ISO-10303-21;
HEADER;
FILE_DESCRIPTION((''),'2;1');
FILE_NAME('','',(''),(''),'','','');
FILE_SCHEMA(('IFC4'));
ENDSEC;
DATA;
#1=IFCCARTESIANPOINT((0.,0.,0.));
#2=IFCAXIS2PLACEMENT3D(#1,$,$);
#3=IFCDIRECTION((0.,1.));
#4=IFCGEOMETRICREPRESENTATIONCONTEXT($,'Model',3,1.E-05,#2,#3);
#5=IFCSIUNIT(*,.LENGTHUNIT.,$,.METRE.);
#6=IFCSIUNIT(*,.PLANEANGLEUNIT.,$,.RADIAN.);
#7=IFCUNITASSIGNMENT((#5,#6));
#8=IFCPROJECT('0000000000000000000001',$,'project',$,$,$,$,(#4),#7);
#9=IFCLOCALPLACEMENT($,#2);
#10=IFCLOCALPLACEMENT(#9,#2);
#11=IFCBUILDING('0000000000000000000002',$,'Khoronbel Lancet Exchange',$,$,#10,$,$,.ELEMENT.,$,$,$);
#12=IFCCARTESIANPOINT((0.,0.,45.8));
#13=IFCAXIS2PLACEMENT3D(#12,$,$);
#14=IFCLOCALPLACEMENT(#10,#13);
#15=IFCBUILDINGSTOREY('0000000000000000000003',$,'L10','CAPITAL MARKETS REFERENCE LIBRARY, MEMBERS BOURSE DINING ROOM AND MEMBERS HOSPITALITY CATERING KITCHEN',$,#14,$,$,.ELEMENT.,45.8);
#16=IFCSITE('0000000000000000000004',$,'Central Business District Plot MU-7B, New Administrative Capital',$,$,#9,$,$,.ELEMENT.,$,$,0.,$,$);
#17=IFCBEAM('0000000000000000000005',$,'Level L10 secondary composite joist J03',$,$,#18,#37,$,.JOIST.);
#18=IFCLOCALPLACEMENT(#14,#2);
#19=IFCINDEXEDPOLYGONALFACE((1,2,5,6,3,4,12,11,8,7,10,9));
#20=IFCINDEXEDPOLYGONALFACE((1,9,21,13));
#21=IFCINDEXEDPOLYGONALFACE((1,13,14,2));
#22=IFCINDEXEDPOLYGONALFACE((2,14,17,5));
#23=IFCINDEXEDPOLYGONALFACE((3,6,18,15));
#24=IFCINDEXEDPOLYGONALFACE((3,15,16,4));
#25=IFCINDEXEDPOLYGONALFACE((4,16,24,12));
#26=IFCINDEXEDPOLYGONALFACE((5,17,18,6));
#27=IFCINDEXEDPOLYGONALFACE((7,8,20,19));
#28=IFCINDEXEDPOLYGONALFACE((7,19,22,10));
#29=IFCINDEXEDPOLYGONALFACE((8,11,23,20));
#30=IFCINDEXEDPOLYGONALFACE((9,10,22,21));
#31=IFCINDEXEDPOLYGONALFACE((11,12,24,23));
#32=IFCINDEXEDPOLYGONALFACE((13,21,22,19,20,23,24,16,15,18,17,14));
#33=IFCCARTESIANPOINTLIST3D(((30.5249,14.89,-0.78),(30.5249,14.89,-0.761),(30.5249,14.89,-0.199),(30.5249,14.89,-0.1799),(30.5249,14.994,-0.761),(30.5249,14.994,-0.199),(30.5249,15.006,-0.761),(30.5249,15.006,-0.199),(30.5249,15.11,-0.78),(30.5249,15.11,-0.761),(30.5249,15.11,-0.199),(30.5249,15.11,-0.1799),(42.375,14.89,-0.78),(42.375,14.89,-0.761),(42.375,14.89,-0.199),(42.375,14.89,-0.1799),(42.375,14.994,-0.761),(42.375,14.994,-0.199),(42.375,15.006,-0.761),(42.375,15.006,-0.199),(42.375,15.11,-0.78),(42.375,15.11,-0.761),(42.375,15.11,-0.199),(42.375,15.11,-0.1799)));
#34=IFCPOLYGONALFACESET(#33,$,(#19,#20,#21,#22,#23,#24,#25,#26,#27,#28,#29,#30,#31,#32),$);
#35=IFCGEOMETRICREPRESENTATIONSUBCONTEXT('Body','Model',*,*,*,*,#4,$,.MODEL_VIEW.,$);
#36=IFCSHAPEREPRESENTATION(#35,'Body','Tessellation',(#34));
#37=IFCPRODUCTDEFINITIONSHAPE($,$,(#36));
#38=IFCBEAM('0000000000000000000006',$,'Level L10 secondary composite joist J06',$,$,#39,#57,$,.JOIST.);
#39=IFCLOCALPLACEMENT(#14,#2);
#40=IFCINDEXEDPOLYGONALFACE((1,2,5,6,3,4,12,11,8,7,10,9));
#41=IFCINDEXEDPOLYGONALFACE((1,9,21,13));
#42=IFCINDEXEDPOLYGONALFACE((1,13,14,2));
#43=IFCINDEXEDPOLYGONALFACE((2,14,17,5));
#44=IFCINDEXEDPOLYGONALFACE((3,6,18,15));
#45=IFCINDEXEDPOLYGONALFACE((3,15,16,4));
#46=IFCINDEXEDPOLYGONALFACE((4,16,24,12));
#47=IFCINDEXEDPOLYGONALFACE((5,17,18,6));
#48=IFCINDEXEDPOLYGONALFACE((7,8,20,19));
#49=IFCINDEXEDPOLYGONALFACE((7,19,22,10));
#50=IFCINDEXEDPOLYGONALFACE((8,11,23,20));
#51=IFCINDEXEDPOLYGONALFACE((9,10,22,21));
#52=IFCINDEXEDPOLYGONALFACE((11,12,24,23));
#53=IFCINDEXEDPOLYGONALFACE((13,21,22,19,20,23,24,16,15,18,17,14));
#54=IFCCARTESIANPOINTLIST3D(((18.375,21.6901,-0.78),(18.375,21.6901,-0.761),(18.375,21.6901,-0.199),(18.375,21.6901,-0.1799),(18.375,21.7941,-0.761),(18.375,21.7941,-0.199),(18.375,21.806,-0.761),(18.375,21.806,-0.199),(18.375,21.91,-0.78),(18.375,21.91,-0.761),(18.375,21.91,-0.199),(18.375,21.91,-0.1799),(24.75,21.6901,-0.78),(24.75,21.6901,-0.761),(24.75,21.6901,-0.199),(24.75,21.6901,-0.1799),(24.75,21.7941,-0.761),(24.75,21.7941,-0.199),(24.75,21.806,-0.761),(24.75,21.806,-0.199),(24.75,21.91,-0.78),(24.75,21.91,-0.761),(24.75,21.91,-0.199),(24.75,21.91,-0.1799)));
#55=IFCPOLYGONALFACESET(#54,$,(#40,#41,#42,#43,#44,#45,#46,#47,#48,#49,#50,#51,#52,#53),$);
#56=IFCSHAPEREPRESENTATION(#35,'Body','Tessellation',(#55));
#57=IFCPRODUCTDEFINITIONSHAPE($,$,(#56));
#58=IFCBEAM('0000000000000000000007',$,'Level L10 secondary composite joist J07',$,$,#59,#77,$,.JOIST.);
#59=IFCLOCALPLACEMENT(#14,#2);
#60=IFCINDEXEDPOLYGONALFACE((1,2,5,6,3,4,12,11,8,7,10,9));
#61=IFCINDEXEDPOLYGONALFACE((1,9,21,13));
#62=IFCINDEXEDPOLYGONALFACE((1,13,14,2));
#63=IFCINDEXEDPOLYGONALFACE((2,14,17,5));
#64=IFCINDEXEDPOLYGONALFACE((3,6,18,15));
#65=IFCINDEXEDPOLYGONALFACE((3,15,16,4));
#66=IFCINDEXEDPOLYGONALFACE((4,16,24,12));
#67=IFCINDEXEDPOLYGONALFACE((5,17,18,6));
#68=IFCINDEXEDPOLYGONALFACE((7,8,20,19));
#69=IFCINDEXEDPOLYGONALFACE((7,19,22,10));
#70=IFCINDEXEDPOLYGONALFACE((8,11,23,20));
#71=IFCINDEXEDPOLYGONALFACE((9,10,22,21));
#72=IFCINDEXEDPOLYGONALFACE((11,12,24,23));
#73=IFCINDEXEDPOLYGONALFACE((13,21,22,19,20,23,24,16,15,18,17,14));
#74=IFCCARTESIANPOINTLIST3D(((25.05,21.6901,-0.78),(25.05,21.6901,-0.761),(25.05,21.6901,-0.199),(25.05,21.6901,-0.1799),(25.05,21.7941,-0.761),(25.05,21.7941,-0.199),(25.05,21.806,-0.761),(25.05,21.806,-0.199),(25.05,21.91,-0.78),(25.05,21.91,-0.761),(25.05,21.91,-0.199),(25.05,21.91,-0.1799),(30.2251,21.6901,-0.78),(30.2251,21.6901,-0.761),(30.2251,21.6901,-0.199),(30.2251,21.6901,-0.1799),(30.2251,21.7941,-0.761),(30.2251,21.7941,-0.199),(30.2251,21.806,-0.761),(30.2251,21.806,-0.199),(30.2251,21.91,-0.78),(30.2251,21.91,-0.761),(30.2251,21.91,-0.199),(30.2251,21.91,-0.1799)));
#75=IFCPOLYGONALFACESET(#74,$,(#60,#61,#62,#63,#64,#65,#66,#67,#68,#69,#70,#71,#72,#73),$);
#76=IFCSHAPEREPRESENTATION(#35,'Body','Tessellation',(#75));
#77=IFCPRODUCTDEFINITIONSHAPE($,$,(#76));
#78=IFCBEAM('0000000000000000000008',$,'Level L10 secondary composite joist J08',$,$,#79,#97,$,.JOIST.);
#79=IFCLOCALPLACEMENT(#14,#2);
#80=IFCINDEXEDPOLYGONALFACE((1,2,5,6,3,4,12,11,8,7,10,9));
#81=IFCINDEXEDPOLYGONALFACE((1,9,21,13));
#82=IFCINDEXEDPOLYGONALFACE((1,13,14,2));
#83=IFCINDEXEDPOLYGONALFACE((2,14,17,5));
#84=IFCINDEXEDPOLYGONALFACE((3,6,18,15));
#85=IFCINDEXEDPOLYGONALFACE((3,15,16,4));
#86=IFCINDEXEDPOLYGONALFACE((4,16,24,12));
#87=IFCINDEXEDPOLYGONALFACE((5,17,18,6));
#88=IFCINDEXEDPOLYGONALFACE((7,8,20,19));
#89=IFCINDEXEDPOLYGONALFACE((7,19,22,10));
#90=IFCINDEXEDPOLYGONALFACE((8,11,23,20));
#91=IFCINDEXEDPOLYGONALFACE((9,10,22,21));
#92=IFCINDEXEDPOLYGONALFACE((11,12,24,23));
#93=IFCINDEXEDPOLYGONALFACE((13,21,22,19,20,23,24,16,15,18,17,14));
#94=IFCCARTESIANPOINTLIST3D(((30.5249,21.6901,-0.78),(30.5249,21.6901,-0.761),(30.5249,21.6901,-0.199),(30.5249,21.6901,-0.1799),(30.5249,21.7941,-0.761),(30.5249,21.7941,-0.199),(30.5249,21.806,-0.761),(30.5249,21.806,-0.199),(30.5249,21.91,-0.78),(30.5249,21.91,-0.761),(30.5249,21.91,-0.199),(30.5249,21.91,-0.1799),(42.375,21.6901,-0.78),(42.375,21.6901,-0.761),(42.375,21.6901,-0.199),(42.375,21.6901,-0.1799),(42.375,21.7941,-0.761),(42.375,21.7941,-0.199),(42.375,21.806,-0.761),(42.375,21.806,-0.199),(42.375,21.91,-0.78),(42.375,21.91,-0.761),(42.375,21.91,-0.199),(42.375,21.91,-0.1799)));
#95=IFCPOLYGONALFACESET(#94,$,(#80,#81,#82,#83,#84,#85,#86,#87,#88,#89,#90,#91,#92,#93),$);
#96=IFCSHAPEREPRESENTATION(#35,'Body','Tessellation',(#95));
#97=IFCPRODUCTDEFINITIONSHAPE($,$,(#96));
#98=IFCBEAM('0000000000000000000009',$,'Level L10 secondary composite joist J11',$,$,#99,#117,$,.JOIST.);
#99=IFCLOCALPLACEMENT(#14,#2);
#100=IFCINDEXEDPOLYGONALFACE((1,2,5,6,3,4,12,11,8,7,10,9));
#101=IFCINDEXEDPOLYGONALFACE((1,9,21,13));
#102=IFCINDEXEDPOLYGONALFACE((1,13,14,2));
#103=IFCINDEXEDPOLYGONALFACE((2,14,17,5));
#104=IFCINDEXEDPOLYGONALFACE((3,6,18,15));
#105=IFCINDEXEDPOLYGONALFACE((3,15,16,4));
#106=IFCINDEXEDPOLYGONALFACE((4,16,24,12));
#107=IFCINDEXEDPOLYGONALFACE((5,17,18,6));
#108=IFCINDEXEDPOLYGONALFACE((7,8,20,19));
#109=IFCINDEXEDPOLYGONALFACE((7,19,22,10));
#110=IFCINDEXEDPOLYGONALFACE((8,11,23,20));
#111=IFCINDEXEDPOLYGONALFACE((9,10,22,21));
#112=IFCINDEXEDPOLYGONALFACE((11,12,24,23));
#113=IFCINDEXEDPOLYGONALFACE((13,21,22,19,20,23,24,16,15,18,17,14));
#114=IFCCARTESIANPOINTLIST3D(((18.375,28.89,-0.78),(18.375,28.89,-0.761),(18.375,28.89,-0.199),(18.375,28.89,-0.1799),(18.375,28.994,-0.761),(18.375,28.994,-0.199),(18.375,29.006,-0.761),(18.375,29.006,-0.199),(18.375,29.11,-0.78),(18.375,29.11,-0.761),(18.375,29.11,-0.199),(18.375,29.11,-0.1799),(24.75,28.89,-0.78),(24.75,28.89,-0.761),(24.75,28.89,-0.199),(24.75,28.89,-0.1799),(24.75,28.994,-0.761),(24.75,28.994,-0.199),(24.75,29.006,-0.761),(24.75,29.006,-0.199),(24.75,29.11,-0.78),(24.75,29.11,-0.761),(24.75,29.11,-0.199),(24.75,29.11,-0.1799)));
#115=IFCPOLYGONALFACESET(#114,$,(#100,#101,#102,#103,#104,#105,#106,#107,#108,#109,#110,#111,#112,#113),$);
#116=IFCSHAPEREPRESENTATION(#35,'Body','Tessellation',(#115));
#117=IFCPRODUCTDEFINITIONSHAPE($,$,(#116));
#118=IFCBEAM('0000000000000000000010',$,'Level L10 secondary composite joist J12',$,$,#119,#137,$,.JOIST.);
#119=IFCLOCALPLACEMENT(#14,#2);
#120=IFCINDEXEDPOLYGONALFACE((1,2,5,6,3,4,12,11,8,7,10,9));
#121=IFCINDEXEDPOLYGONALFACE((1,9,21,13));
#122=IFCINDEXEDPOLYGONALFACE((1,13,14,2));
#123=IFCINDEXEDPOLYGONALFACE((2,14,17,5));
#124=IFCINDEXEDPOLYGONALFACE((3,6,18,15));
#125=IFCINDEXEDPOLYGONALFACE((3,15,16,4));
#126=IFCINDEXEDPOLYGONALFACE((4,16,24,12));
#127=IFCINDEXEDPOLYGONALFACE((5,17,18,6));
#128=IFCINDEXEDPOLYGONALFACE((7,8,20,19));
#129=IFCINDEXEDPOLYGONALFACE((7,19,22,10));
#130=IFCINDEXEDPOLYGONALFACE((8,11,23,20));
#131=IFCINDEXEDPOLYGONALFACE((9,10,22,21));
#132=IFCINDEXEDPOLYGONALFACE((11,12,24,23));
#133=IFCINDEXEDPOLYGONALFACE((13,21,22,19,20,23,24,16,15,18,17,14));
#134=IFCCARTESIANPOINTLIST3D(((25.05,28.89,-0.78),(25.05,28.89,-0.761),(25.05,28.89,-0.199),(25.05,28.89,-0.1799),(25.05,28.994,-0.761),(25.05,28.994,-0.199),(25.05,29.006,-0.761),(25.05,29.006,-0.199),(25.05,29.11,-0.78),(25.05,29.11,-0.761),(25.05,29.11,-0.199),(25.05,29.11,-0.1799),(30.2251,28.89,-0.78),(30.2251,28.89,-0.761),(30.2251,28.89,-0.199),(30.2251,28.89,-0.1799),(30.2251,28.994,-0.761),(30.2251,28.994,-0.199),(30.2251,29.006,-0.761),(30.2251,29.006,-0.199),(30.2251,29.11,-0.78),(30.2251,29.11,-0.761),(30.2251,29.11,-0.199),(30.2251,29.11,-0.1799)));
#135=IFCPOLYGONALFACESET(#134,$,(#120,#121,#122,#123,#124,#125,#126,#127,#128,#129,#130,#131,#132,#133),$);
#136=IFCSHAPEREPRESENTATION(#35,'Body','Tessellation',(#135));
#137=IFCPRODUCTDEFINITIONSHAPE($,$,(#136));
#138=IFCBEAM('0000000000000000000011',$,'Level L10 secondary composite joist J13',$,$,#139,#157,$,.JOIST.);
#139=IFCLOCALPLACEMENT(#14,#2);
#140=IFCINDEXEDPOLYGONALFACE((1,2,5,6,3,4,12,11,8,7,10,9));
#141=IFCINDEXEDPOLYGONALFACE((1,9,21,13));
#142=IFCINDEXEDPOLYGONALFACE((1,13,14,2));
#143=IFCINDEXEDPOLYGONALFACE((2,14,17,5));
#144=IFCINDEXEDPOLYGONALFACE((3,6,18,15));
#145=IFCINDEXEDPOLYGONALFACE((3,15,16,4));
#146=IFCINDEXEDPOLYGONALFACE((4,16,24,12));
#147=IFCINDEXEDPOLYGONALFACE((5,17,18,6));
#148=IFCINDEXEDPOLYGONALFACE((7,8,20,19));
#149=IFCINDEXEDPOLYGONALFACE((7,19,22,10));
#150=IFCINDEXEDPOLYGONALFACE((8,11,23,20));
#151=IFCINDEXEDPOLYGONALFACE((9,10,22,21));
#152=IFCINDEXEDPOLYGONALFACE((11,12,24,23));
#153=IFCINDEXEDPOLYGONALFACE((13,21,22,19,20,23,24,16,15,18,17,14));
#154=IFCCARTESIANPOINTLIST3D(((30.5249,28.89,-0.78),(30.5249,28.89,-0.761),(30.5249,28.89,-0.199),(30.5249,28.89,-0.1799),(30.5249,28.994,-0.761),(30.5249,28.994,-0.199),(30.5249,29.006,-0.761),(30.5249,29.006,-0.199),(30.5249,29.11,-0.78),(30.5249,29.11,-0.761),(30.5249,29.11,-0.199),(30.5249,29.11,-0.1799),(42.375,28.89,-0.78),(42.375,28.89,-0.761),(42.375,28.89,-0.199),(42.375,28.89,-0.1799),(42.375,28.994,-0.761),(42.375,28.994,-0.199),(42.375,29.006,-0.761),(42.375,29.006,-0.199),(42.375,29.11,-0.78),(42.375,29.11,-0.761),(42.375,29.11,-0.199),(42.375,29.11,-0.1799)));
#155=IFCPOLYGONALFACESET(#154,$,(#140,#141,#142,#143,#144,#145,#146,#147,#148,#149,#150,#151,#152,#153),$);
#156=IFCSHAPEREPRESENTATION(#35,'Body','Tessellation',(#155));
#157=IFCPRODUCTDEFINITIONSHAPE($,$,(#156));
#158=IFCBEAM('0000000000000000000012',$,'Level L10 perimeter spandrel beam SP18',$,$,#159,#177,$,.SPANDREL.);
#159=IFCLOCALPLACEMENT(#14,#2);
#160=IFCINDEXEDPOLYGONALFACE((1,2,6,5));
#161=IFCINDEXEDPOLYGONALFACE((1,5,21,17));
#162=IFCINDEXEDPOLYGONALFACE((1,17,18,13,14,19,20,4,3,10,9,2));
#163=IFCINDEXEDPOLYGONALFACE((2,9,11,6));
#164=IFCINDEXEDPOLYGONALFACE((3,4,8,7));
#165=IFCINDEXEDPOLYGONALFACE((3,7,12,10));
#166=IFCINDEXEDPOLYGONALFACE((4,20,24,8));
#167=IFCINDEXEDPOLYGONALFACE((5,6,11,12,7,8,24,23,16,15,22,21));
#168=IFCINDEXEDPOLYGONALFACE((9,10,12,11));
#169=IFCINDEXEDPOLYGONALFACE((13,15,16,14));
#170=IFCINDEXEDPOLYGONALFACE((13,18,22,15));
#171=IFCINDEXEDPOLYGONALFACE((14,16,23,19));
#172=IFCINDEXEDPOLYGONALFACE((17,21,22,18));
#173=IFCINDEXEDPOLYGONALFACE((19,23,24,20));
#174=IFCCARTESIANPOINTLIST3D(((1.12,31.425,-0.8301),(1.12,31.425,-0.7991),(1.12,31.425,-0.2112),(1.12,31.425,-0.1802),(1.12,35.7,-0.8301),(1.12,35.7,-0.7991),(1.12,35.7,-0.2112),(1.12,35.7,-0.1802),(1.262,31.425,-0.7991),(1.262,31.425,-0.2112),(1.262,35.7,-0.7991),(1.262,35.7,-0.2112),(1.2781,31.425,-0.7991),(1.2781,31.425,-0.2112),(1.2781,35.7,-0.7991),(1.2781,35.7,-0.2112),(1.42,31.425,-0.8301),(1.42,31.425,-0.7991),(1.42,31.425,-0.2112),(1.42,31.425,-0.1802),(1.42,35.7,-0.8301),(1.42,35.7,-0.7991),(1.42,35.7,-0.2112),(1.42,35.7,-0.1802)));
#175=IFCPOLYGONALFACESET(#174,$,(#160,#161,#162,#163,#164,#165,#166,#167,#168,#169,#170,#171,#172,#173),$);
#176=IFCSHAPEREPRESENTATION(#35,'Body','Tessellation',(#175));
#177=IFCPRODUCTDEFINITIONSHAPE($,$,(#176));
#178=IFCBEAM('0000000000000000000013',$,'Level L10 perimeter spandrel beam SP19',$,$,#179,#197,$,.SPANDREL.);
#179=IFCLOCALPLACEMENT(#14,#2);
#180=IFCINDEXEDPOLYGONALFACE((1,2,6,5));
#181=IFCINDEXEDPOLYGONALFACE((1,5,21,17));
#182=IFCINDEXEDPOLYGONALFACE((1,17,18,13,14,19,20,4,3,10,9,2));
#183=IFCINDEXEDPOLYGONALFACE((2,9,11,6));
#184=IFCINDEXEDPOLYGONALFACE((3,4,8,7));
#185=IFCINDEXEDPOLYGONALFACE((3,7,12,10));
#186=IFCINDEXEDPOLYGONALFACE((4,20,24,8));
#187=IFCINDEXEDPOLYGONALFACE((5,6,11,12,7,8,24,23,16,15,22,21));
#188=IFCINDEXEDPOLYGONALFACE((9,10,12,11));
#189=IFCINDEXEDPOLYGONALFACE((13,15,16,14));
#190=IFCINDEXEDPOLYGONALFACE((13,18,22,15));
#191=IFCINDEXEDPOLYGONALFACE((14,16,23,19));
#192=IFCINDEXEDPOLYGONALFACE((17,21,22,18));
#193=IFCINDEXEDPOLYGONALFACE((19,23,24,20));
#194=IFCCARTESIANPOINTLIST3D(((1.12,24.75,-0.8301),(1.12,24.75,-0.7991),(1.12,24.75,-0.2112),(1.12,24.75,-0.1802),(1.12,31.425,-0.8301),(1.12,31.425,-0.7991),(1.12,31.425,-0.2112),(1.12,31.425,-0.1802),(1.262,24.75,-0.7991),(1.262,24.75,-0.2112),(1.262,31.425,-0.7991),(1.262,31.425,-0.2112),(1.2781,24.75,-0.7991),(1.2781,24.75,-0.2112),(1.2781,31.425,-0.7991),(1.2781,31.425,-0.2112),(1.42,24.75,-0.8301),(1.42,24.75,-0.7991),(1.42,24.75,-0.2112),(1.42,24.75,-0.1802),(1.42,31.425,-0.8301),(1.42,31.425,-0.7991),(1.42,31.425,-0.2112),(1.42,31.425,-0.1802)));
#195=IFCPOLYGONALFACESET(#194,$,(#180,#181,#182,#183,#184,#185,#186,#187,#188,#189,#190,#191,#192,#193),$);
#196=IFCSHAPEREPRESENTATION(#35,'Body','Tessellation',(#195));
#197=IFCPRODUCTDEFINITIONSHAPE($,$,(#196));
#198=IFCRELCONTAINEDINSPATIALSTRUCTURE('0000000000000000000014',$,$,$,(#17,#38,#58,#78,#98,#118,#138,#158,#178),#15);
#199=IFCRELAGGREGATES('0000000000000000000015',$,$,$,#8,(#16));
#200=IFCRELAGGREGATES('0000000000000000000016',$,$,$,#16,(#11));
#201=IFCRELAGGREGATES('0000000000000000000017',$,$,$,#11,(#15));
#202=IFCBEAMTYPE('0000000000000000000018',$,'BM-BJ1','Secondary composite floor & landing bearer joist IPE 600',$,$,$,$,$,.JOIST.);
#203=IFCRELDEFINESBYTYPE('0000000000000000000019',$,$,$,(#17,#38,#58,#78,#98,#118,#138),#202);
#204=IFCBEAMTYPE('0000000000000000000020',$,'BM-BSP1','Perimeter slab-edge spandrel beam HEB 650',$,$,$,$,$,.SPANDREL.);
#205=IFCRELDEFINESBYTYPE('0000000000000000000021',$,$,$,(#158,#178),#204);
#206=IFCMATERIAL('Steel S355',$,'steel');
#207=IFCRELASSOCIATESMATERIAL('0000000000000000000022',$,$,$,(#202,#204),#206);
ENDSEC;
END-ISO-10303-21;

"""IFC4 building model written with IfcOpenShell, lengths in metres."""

from ifc_helpers import new_model, si_unit, direction, frame, origin, origin_2d, place, context, subcontext, project, spatial, i_section, extrude, material, material_profile, profile_set, type_object, element, save


model = new_model("IFC4")

# Units and contexts
model_context = context("Model", 3, precision=1e-05, world=origin(), true_north=direction((0.0, 1.0)))
body_context = subcontext(model_context, "Body", "Model", "MODEL_VIEW")
ifc_project = project(units=[si_unit("LENGTHUNIT", "METRE"), si_unit("PLANEANGLEUNIT", "RADIAN")], contexts=[model_context])

# Site, building, storey
site_placement = place(None, origin())
site = spatial("IfcSite", under=ifc_project, at=site_placement, Name="Central Business District Plot MU-7B, New Administrative Capital", CompositionType="ELEMENT", RefElevation=0.0)
building_placement = place(site_placement, origin())
building = spatial("IfcBuilding", under=site, at=building_placement, Name="Khoronbel Lancet Exchange", CompositionType="ELEMENT")
storey_placement = place(building_placement, frame((0.0, 0.0, 45.8)))
storey = spatial("IfcBuildingStorey", under=building, at=storey_placement, Name="L10", Description="CAPITAL MARKETS REFERENCE LIBRARY, MEMBERS BOURSE DINING ROOM AND MEMBERS HOSPITALITY CATERING KITCHEN", CompositionType="ELEMENT", Elevation=45.8)

# Shared definitions
ifc_material_1 = material(Name="Steel S355", Category="steel")

# Beams
ifc_material_profile_1 = material_profile(ifc_material_1, i_section(OverallWidth=0.22, OverallDepth=0.6001, WebThickness=0.012, FlangeThickness=0.019, at=origin_2d()), Name="IPE 600")
ifc_profile_set_1 = profile_set([ifc_material_profile_1], Name="Steel S355")
beam_type_1 = type_object("IfcBeamType", Name="BM-BJ1", Description="Secondary composite floor & landing bearer joist IPE 600", PredefinedType="JOIST", material=ifc_profile_set_1)
beam_1_placement = place(storey_placement, frame((30.5249, 15.0, -0.48), z_axis=(1.0, 0.0, 0.0), x_axis=(0.0, 1.0, 0.0)))
element("IfcBeam", 1, at=beam_1_placement, inside=storey, type_object=beam_type_1, Name="Level L10 secondary composite joist J03", PredefinedType="JOIST", context=body_context, shape_type="SweptSolid", body=[
    extrude(i_section(OverallWidth=0.22, OverallDepth=0.6001, WebThickness=0.012, FlangeThickness=0.019, at=origin_2d()), origin(), (0.0, 0.0, 1.0), 11.8501),
])
beam_2_placement = place(storey_placement, frame((18.375, 21.8, -0.48), z_axis=(1.0, 0.0, 0.0), x_axis=(0.0, 1.0, 0.0)))
element("IfcBeam", 2, at=beam_2_placement, inside=storey, type_object=beam_type_1, Name="Level L10 secondary composite joist J06", PredefinedType="JOIST", context=body_context, shape_type="SweptSolid", body=[
    extrude(i_section(OverallWidth=0.22, OverallDepth=0.6001, WebThickness=0.012, FlangeThickness=0.019, at=origin_2d()), origin(), (0.0, 0.0, 1.0), 6.375),
])
beam_3_placement = place(storey_placement, frame((25.05, 21.8, -0.48), z_axis=(1.0, 0.0, 0.0), x_axis=(0.0, 1.0, 0.0)))
element("IfcBeam", 3, at=beam_3_placement, inside=storey, type_object=beam_type_1, Name="Level L10 secondary composite joist J07", PredefinedType="JOIST", context=body_context, shape_type="SweptSolid", body=[
    extrude(i_section(OverallWidth=0.22, OverallDepth=0.6001, WebThickness=0.012, FlangeThickness=0.019, at=origin_2d()), origin(), (0.0, 0.0, 1.0), 5.175),
])
beam_4_placement = place(storey_placement, frame((30.5249, 21.8, -0.48), z_axis=(1.0, 0.0, 0.0), x_axis=(0.0, 1.0, 0.0)))
element("IfcBeam", 4, at=beam_4_placement, inside=storey, type_object=beam_type_1, Name="Level L10 secondary composite joist J08", PredefinedType="JOIST", context=body_context, shape_type="SweptSolid", body=[
    extrude(i_section(OverallWidth=0.22, OverallDepth=0.6001, WebThickness=0.012, FlangeThickness=0.019, at=origin_2d()), origin(), (0.0, 0.0, 1.0), 11.8501),
])
beam_5_placement = place(storey_placement, frame((18.375, 29.0, -0.48), z_axis=(1.0, 0.0, 0.0), x_axis=(0.0, 1.0, 0.0)))
element("IfcBeam", 5, at=beam_5_placement, inside=storey, type_object=beam_type_1, Name="Level L10 secondary composite joist J11", PredefinedType="JOIST", context=body_context, shape_type="SweptSolid", body=[
    extrude(i_section(OverallWidth=0.22, OverallDepth=0.6001, WebThickness=0.012, FlangeThickness=0.019, at=origin_2d()), origin(), (0.0, 0.0, 1.0), 6.375),
])
beam_6_placement = place(storey_placement, frame((25.05, 29.0, -0.48), z_axis=(1.0, 0.0, 0.0), x_axis=(0.0, 1.0, 0.0)))
element("IfcBeam", 6, at=beam_6_placement, inside=storey, type_object=beam_type_1, Name="Level L10 secondary composite joist J12", PredefinedType="JOIST", context=body_context, shape_type="SweptSolid", body=[
    extrude(i_section(OverallWidth=0.22, OverallDepth=0.6001, WebThickness=0.012, FlangeThickness=0.019, at=origin_2d()), origin(), (0.0, 0.0, 1.0), 5.175),
])
beam_7_placement = place(storey_placement, frame((30.5249, 29.0, -0.48), z_axis=(1.0, 0.0, 0.0), x_axis=(0.0, 1.0, 0.0)))
element("IfcBeam", 7, at=beam_7_placement, inside=storey, type_object=beam_type_1, Name="Level L10 secondary composite joist J13", PredefinedType="JOIST", context=body_context, shape_type="SweptSolid", body=[
    extrude(i_section(OverallWidth=0.22, OverallDepth=0.6001, WebThickness=0.012, FlangeThickness=0.019, at=origin_2d()), origin(), (0.0, 0.0, 1.0), 11.8501),
])
ifc_material_profile_2 = material_profile(ifc_material_1, i_section(OverallWidth=0.3, OverallDepth=0.6499, WebThickness=0.0161, FlangeThickness=0.031, at=origin_2d()), Name="HEB 650")
ifc_profile_set_2 = profile_set([ifc_material_profile_2], Name="Steel S355")
beam_type_2 = type_object("IfcBeamType", Name="BM-BSP1", Description="Perimeter slab-edge spandrel beam HEB 650", PredefinedType="SPANDREL", material=ifc_profile_set_2)
beam_8_placement = place(storey_placement, frame((1.27, 35.7, -0.5051), z_axis=(0.0, -1.0, 0.0), x_axis=(1.0, 0.0, 0.0)))
element("IfcBeam", 8, at=beam_8_placement, inside=storey, type_object=beam_type_2, Name="Level L10 perimeter spandrel beam SP18", PredefinedType="SPANDREL", context=body_context, shape_type="SweptSolid", body=[
    extrude(i_section(OverallWidth=0.3, OverallDepth=0.6499, WebThickness=0.0161, FlangeThickness=0.031, at=origin_2d()), origin(), (0.0, 0.0, 1.0), 4.2749),
])
beam_9_placement = place(storey_placement, frame((1.27, 31.425, -0.5051), z_axis=(0.0, -1.0, 0.0), x_axis=(1.0, 0.0, 0.0)))
element("IfcBeam", 9, at=beam_9_placement, inside=storey, type_object=beam_type_2, Name="Level L10 perimeter spandrel beam SP19", PredefinedType="SPANDREL", context=body_context, shape_type="SweptSolid", body=[
    extrude(i_section(OverallWidth=0.3, OverallDepth=0.6499, WebThickness=0.0161, FlangeThickness=0.031, at=origin_2d()), origin(), (0.0, 0.0, 1.0), 6.675),
])

save(model, "model.ifc")
